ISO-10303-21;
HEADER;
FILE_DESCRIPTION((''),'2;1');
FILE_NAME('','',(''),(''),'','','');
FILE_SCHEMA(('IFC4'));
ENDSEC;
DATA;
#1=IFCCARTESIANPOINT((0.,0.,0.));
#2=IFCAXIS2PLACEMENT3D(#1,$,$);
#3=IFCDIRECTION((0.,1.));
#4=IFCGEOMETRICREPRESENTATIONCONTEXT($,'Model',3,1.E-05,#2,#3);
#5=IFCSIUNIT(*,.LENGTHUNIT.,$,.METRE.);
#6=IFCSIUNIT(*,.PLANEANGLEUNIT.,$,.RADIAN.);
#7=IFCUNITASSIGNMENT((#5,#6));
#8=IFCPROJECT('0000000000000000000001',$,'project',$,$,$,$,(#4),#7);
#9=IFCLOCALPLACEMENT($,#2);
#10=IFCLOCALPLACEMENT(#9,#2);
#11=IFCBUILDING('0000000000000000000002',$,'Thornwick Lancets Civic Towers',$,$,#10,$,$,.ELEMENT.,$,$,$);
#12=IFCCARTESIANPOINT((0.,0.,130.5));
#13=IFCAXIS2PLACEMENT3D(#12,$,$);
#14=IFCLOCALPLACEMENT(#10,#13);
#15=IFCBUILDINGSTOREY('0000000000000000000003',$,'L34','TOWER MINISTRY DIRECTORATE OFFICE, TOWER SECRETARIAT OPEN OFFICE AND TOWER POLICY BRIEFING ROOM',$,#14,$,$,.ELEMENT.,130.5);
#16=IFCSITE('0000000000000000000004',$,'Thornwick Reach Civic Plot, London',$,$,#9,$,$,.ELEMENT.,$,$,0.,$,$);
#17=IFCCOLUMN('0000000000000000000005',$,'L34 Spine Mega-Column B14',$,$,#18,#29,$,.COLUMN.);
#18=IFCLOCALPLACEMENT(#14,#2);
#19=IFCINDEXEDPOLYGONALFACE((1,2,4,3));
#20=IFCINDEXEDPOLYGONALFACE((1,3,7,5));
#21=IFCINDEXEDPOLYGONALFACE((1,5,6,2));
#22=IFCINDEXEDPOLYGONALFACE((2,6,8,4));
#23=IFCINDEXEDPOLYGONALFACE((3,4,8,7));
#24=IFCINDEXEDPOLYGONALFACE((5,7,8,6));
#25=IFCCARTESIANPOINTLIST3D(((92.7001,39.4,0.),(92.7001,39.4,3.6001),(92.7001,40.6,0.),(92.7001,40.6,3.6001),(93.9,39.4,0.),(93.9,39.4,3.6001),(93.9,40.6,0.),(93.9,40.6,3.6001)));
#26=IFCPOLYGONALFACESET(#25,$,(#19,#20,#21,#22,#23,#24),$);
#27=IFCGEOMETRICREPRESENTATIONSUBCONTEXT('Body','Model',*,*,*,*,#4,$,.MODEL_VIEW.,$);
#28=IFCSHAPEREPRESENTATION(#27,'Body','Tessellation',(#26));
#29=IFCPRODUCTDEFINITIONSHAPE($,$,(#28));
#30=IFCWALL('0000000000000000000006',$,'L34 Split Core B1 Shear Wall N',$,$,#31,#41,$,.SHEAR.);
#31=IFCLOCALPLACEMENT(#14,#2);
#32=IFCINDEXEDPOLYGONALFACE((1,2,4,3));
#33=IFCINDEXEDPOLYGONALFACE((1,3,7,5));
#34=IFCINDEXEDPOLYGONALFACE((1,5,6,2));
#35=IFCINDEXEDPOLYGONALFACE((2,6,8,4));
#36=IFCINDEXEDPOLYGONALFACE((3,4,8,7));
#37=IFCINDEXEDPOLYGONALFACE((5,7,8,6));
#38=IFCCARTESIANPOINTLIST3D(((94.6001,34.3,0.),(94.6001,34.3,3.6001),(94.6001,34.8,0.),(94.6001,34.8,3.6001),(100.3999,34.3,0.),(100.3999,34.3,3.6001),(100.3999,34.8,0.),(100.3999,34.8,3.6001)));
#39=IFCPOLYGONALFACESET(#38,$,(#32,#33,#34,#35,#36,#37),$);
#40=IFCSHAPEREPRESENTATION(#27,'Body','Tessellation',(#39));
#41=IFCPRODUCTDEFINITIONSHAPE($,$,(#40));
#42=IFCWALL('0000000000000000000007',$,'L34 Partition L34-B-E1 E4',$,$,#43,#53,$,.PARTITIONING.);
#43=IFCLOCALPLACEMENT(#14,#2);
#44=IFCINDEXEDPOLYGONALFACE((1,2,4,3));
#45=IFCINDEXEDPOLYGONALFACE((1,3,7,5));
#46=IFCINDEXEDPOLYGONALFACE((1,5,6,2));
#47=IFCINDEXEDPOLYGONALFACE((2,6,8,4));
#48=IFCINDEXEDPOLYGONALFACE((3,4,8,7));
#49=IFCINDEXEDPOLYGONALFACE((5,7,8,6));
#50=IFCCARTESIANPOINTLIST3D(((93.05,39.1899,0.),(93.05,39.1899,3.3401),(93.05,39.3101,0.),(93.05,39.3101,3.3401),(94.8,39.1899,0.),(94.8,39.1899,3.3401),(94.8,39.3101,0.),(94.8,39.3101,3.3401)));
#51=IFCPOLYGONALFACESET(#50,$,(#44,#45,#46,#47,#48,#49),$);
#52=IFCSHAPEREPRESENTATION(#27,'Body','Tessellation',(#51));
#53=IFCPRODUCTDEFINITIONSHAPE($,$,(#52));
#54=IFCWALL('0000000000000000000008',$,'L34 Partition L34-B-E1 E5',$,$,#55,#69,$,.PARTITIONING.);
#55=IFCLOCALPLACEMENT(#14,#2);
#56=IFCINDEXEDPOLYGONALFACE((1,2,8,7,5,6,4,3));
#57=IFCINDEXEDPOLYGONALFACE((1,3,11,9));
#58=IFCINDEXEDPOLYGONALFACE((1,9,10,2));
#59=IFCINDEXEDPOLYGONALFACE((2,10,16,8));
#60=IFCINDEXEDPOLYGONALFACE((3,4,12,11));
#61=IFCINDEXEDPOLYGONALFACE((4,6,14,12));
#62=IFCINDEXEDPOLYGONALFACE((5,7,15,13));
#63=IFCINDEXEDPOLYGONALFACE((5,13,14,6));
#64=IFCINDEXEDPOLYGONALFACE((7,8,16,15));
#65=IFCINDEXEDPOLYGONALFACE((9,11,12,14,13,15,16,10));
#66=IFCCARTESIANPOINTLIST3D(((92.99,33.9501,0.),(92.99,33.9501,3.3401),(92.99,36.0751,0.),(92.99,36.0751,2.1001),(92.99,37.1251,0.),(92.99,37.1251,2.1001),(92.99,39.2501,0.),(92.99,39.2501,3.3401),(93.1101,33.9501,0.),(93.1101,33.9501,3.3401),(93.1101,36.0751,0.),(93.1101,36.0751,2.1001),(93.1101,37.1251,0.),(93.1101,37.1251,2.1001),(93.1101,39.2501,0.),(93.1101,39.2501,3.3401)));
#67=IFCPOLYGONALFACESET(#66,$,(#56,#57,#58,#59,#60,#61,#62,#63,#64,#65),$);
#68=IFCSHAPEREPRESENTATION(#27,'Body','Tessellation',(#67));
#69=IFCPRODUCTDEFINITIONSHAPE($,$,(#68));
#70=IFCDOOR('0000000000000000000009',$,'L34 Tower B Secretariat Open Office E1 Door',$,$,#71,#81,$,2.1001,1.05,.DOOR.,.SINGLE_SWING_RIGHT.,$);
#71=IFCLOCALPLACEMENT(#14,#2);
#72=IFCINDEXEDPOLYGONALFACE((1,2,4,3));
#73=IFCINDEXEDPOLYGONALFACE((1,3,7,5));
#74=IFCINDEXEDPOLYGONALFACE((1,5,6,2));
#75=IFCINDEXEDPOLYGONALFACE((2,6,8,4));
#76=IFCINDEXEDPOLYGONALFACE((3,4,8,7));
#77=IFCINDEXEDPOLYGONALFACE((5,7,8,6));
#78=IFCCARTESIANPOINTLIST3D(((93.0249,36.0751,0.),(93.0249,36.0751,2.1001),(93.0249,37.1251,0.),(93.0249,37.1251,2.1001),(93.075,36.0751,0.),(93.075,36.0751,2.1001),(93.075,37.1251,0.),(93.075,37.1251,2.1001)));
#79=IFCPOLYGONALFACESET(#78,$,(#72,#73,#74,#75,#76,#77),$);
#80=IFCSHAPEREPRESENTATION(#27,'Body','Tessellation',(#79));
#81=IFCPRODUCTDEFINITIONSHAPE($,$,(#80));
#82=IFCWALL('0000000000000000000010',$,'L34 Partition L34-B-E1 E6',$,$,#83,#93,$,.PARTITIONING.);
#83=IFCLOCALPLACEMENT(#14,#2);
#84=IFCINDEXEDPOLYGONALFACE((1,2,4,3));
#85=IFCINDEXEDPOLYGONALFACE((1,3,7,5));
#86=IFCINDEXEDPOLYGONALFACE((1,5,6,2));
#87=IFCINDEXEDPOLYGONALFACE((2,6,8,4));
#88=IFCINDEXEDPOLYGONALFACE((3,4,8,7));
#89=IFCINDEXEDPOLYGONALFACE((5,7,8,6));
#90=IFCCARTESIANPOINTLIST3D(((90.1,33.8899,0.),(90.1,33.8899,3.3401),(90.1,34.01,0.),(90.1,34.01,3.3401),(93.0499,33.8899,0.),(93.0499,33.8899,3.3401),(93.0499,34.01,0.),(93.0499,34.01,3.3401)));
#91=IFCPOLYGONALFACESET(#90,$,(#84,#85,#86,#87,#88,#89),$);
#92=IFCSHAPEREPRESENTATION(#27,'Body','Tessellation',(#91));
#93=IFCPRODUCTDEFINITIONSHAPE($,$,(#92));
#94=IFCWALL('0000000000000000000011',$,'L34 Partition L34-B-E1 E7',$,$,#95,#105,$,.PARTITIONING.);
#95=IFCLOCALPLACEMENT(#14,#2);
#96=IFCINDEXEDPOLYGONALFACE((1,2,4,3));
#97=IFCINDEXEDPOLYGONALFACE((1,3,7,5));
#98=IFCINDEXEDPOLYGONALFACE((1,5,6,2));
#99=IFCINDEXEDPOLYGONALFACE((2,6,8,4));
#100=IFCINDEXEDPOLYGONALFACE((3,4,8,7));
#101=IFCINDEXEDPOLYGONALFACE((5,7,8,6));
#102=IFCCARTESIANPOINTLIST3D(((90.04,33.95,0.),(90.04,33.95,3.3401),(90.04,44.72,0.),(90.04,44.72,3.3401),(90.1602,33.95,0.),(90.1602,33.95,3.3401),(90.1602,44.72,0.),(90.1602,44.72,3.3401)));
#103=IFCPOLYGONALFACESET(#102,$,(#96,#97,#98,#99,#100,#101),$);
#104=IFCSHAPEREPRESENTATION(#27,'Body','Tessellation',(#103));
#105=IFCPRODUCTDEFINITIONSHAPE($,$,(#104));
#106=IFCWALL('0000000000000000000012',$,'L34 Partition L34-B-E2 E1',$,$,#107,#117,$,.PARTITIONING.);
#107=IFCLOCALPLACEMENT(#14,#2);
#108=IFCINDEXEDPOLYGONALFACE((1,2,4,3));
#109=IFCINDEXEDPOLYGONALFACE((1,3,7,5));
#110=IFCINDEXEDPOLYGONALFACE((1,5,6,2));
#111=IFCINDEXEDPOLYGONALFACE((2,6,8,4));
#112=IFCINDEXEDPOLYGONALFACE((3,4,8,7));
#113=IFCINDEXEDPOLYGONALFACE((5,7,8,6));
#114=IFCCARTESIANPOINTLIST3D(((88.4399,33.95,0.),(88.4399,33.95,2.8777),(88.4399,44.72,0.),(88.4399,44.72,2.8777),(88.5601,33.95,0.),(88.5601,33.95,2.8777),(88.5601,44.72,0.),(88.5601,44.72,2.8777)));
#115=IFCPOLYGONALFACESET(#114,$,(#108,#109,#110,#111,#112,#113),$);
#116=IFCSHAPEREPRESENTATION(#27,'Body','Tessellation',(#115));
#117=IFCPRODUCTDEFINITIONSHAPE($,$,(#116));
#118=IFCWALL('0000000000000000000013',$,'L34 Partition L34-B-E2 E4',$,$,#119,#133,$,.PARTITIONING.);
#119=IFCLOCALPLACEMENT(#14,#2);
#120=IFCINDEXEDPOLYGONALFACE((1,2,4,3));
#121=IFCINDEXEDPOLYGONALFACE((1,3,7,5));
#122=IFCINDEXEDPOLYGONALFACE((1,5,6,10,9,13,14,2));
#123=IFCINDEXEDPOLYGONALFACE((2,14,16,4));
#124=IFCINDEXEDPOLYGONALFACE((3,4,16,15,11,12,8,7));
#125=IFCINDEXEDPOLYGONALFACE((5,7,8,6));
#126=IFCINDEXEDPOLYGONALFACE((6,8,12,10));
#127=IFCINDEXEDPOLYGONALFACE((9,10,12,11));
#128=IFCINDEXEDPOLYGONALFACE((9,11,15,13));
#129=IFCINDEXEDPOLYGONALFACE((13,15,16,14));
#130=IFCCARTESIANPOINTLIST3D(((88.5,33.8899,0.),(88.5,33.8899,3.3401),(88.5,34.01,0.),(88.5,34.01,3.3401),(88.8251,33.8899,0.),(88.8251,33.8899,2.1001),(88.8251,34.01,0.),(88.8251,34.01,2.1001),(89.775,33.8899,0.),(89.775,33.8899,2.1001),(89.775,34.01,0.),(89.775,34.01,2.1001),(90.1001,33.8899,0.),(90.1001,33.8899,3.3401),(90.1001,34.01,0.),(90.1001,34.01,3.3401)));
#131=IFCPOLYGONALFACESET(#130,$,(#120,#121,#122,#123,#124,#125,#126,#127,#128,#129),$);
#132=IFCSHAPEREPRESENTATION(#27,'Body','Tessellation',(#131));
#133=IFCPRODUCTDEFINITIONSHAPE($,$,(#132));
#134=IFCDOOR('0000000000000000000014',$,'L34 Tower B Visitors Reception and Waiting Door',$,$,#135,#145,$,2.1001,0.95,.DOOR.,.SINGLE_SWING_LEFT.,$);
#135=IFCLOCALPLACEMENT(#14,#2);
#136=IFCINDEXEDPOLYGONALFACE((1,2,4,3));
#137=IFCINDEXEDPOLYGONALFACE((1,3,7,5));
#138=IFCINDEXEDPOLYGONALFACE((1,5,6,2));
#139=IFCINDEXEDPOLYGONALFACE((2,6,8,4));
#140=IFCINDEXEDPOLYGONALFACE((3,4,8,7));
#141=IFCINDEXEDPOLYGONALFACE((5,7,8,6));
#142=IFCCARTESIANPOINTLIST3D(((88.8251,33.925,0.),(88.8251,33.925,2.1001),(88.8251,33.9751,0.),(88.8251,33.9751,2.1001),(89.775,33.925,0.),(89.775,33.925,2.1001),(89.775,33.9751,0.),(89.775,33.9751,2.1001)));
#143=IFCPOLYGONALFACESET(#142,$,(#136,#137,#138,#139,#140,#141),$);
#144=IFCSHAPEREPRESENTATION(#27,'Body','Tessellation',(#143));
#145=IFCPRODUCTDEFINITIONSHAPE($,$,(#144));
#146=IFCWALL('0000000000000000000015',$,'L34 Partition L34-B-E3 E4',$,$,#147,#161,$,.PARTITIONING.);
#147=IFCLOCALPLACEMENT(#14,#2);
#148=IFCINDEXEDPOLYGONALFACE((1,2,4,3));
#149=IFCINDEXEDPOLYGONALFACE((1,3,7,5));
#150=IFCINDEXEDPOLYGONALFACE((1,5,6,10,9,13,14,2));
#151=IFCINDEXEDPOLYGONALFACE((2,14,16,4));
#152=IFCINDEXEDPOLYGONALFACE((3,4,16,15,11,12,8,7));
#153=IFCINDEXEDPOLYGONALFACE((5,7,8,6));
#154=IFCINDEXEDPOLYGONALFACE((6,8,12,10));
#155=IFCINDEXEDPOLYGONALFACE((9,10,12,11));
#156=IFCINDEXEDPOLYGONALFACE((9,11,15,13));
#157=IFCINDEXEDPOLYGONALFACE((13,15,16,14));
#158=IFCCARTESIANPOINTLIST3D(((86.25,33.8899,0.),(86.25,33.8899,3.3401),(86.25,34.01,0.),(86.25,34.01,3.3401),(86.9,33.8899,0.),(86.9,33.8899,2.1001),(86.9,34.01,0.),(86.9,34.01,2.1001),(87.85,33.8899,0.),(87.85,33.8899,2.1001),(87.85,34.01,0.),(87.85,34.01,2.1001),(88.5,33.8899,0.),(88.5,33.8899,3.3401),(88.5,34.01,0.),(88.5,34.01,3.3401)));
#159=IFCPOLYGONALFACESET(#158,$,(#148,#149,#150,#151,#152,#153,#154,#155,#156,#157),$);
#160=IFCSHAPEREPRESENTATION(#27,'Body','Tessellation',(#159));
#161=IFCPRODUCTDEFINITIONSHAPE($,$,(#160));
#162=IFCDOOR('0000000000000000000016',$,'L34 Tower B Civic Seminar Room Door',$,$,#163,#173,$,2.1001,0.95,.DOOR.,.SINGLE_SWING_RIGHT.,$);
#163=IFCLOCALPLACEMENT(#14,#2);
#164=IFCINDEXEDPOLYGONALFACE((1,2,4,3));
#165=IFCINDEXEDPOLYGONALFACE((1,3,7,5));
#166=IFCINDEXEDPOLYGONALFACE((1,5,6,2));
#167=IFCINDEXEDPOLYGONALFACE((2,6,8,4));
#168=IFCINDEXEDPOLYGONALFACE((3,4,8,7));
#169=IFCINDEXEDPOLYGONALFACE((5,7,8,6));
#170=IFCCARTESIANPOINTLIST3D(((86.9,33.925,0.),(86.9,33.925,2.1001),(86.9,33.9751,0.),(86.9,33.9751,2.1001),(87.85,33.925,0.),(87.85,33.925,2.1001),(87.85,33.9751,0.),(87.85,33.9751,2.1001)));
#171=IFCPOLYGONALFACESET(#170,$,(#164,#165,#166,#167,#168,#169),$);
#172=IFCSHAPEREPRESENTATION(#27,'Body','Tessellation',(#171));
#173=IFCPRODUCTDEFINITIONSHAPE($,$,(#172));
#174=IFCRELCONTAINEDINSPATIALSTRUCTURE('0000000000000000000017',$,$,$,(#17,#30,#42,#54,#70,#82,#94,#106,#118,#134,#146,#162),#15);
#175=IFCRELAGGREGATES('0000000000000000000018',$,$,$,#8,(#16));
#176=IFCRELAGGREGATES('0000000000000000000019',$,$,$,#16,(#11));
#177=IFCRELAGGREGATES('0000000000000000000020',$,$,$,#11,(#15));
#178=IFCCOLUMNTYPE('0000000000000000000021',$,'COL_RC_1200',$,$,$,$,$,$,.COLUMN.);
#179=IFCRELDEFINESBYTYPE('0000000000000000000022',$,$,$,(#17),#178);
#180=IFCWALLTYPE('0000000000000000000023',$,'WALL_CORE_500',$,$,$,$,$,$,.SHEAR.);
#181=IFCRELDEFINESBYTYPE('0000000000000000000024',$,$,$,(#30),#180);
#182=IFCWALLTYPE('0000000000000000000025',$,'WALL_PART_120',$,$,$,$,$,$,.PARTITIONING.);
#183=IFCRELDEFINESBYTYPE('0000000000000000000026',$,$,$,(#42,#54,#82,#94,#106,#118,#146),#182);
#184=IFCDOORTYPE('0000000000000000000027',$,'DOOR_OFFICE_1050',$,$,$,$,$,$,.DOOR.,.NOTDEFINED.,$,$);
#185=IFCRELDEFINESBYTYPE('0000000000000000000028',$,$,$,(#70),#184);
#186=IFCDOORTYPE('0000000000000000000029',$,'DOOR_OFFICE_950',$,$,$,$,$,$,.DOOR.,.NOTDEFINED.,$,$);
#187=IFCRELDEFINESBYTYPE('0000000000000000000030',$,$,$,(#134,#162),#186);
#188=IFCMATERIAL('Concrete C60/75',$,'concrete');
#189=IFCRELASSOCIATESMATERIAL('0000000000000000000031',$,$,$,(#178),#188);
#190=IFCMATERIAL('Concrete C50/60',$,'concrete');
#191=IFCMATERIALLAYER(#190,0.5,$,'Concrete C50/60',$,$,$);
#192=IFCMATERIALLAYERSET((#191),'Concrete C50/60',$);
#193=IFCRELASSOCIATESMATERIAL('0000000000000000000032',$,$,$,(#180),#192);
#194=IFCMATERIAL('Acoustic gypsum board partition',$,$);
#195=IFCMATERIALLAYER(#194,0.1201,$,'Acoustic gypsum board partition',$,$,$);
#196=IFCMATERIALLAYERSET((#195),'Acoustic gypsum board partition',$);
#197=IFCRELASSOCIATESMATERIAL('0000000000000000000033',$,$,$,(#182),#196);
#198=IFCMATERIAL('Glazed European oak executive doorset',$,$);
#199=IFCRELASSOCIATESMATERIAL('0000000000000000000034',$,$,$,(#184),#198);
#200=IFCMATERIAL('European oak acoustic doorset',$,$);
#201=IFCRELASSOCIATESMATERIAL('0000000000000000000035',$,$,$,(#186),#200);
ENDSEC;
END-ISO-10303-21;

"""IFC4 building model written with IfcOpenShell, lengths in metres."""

from ifc_helpers import new_model, si_unit, direction, frame, frame_2d, origin, origin_2d, place, context, subcontext, project, spatial, rectangle, extrude, material, layer, layer_set, material_profile, profile_set, type_object, element, fill, save


model = new_model("IFC4")

# Units and contexts
model_context = context("Model", 3, precision=1e-05, world=origin(), true_north=direction((0.0, 1.0)))
body_context = subcontext(model_context, "Body", "Model", "MODEL_VIEW")
ifc_project = project(units=[si_unit("LENGTHUNIT", "METRE"), si_unit("PLANEANGLEUNIT", "RADIAN")], contexts=[model_context])

# Site, building, storey
site_placement = place(None, origin())
site = spatial("IfcSite", under=ifc_project, at=site_placement, Name="Thornwick Reach Civic Plot, London", CompositionType="ELEMENT", RefElevation=0.0)
building_placement = place(site_placement, origin())
building = spatial("IfcBuilding", under=site, at=building_placement, Name="Thornwick Lancets Civic Towers", CompositionType="ELEMENT")
storey_placement = place(building_placement, frame((0.0, 0.0, 130.5)))
storey = spatial("IfcBuildingStorey", under=building, at=storey_placement, Name="L34", Description="TOWER MINISTRY DIRECTORATE OFFICE, TOWER SECRETARIAT OPEN OFFICE AND TOWER POLICY BRIEFING ROOM", CompositionType="ELEMENT", Elevation=130.5)

# Column
ifc_material_1 = material(Name="Concrete C60/75", Category="concrete")
ifc_material_profile = material_profile(ifc_material_1, rectangle(XDim=1.2, YDim=1.2, at=origin_2d()), Name="RC 1200x1200")
ifc_profile_set = profile_set([ifc_material_profile], Name="Concrete C60/75")
column_type = type_object("IfcColumnType", Name="COL_RC_1200", PredefinedType="COLUMN", material=ifc_profile_set)
column_placement = place(storey_placement, frame((93.3, 40.0, 0.0), z_axis=(0.0, 0.0, 1.0), x_axis=(1.0, 0.0, 0.0)))
element("IfcColumn", 1, at=column_placement, inside=storey, type_object=column_type, Name="L34 Spine Mega-Column B14", PredefinedType="COLUMN", context=body_context, shape_type="SweptSolid", body=[
    extrude(rectangle(XDim=1.2, YDim=1.2, at=origin_2d()), origin(), (0.0, 0.0, 1.0), 3.6001),
])

# Walls
ifc_material_2 = material(Name="Concrete C50/60", Category="concrete")
ifc_layer_1 = layer(ifc_material_2, 0.5, Name="Concrete C50/60")
ifc_layer_set_1 = layer_set([ifc_layer_1], Name="Concrete C50/60")
wall_type_1 = type_object("IfcWallType", Name="WALL_CORE_500", PredefinedType="SHEAR", material=ifc_layer_set_1)
wall_1_placement = place(storey_placement, frame((94.6001, 34.55, 0.0), z_axis=(0.0, 0.0, 1.0), x_axis=(1.0, 0.0, 0.0)))
element("IfcWall", 2, at=wall_1_placement, inside=storey, type_object=wall_type_1, Name="L34 Split Core B1 Shear Wall N", PredefinedType="SHEAR", context=body_context, shape_type="SweptSolid", body=[
    extrude(rectangle(XDim=5.7998, YDim=0.5, at=frame_2d((2.8999, 0.0))), origin(), (0.0, 0.0, 1.0), 3.6001),
])
ifc_material_3 = material(Name="Acoustic gypsum board partition")
ifc_layer_2 = layer(ifc_material_3, 0.1201, Name="Acoustic gypsum board partition")
ifc_layer_set_2 = layer_set([ifc_layer_2], Name="Acoustic gypsum board partition")
wall_type_2 = type_object("IfcWallType", Name="WALL_PART_120", PredefinedType="PARTITIONING", material=ifc_layer_set_2)
wall_2_placement = place(storey_placement, frame((94.8, 39.25, 0.0), z_axis=(0.0, 0.0, 1.0), x_axis=(-1.0, 0.0, 0.0)))
element("IfcWall", 3, at=wall_2_placement, inside=storey, type_object=wall_type_2, Name="L34 Partition L34-B-E1 E4", PredefinedType="PARTITIONING", context=body_context, shape_type="SweptSolid", body=[
    extrude(rectangle(XDim=1.75, YDim=0.1201, at=frame_2d((0.875, 0.0))), origin(), (0.0, 0.0, 1.0), 3.3401),
])

# Wall, opening, door
wall_3_placement = place(storey_placement, frame((93.05, 39.25, 0.0), z_axis=(0.0, 0.0, 1.0), x_axis=(0.0, -1.0, 0.0)))
wall_3 = element("IfcWall", 4, at=wall_3_placement, inside=storey, type_object=wall_type_2, Name="L34 Partition L34-B-E1 E5", PredefinedType="PARTITIONING", context=body_context, shape_type="SweptSolid", body=[
    extrude(rectangle(XDim=5.3, YDim=0.1201, at=frame_2d((2.6499, 0.0))), origin(), (0.0, 0.0, 1.0), 3.3401),
])
opening_1_placement = place(wall_3_placement, frame((2.125, 0.0, 0.0)))
opening_1 = element("IfcOpeningElement", 5, at=opening_1_placement, cuts=wall_3, PredefinedType="OPENING", context=body_context, shape_type="SweptSolid", body=[
    extrude(rectangle(XDim=1.05, YDim=2.1001, at=frame_2d((0.5249, 1.05))), frame((0.0, 0.0701, 0.0), z_axis=(0.0, -1.0, 0.0), x_axis=(1.0, 0.0, 0.0)), (0.0, 0.0, 1.0), 0.1401),
])
ifc_material_4 = material(Name="Glazed European oak executive doorset")
door_type_1 = type_object("IfcDoorType", Name="DOOR_OFFICE_1050", OperationType="NOTDEFINED", PredefinedType="DOOR", material=ifc_material_4)
door_1_placement = place(opening_1_placement, origin())
door_1 = element("IfcDoor", 6, at=door_1_placement, inside=storey, type_object=door_type_1, Name="L34 Tower B Secretariat Open Office E1 Door", OperationType="SINGLE_SWING_RIGHT", OverallHeight=2.1001, OverallWidth=1.05, PredefinedType="DOOR", context=body_context, shape_type="SweptSolid", body=[
    extrude(rectangle(XDim=1.05, YDim=2.1001, at=frame_2d((0.5249, 1.05))), frame((0.0, 0.0249, 0.0), z_axis=(0.0, -1.0, 0.0), x_axis=(1.0, 0.0, 0.0)), (0.0, 0.0, 1.0), 0.05),
])
fill(opening_1, door_1)

# Walls
wall_4_placement = place(storey_placement, frame((93.05, 33.95, 0.0), z_axis=(0.0, 0.0, 1.0), x_axis=(-1.0, 0.0, 0.0)))
element("IfcWall", 7, at=wall_4_placement, inside=storey, type_object=wall_type_2, Name="L34 Partition L34-B-E1 E6", PredefinedType="PARTITIONING", context=body_context, shape_type="SweptSolid", body=[
    extrude(rectangle(XDim=2.95, YDim=0.1201, at=frame_2d((1.4751, 0.0))), origin(), (0.0, 0.0, 1.0), 3.3401),
])
wall_5_placement = place(storey_placement, frame((90.1001, 33.95, 0.0), z_axis=(0.0, 0.0, 1.0), x_axis=(0.0, 1.0, 0.0)))
element("IfcWall", 8, at=wall_5_placement, inside=storey, type_object=wall_type_2, Name="L34 Partition L34-B-E1 E7", PredefinedType="PARTITIONING", context=body_context, shape_type="SweptSolid", body=[
    extrude(rectangle(XDim=10.77, YDim=0.1201, at=frame_2d((5.385, 0.0))), origin(), (0.0, 0.0, 1.0), 3.3401),
])
wall_6_placement = place(storey_placement, frame((88.5, 33.95, 0.0), z_axis=(0.0, 0.0, 1.0), x_axis=(0.0, 1.0, 0.0)))
element("IfcWall", 9, at=wall_6_placement, inside=storey, type_object=wall_type_2, Name="L34 Partition L34-B-E2 E1", PredefinedType="PARTITIONING", context=body_context, shape_type="SweptSolid", body=[
    extrude(rectangle(XDim=10.77, YDim=0.1201, at=frame_2d((5.385, 0.0))), origin(), (0.0, 0.0, 1.0), 2.8777),
])

# Walls, openings, doors
wall_7_placement = place(storey_placement, frame((90.1001, 33.95, 0.0), z_axis=(0.0, 0.0, 1.0), x_axis=(-1.0, 0.0, 0.0)))
wall_7 = element("IfcWall", 10, at=wall_7_placement, inside=storey, type_object=wall_type_2, Name="L34 Partition L34-B-E2 E4", PredefinedType="PARTITIONING", context=body_context, shape_type="SweptSolid", body=[
    extrude(rectangle(XDim=1.6001, YDim=0.1201, at=frame_2d((0.8, 0.0))), origin(), (0.0, 0.0, 1.0), 3.3401),
])
opening_2_placement = place(wall_7_placement, frame((0.325, 0.0, 0.0)))
opening_2 = element("IfcOpeningElement", 11, at=opening_2_placement, cuts=wall_7, PredefinedType="OPENING", context=body_context, shape_type="SweptSolid", body=[
    extrude(rectangle(XDim=0.95, YDim=2.1001, at=frame_2d((0.4751, 1.05))), frame((0.0, 0.0701, 0.0), z_axis=(0.0, -1.0, 0.0), x_axis=(1.0, 0.0, 0.0)), (0.0, 0.0, 1.0), 0.1401),
])
ifc_material_5 = material(Name="European oak acoustic doorset")
door_type_2 = type_object("IfcDoorType", Name="DOOR_OFFICE_950", OperationType="NOTDEFINED", PredefinedType="DOOR", material=ifc_material_5)
door_2_placement = place(opening_2_placement, origin())
door_2 = element("IfcDoor", 12, at=door_2_placement, inside=storey, type_object=door_type_2, Name="L34 Tower B Visitors Reception and Waiting Door", OperationType="SINGLE_SWING_LEFT", OverallHeight=2.1001, OverallWidth=0.95, PredefinedType="DOOR", context=body_context, shape_type="SweptSolid", body=[
    extrude(rectangle(XDim=0.95, YDim=2.1001, at=frame_2d((0.4751, 1.05))), frame((0.0, 0.0249, 0.0), z_axis=(0.0, -1.0, 0.0), x_axis=(1.0, 0.0, 0.0)), (0.0, 0.0, 1.0), 0.05),
])
fill(opening_2, door_2)
wall_8_placement = place(storey_placement, frame((88.5, 33.95, 0.0), z_axis=(0.0, 0.0, 1.0), x_axis=(-1.0, 0.0, 0.0)))
wall_8 = element("IfcWall", 13, at=wall_8_placement, inside=storey, type_object=wall_type_2, Name="L34 Partition L34-B-E3 E4", PredefinedType="PARTITIONING", context=body_context, shape_type="SweptSolid", body=[
    extrude(rectangle(XDim=2.25, YDim=0.1201, at=frame_2d((1.125, 0.0))), origin(), (0.0, 0.0, 1.0), 3.3401),
])
opening_3_placement = place(wall_8_placement, frame((0.6499, 0.0, 0.0)))
opening_3 = element("IfcOpeningElement", 14, at=opening_3_placement, cuts=wall_8, PredefinedType="OPENING", context=body_context, shape_type="SweptSolid", body=[
    extrude(rectangle(XDim=0.95, YDim=2.1001, at=frame_2d((0.4751, 1.05))), frame((0.0, 0.0701, 0.0), z_axis=(0.0, -1.0, 0.0), x_axis=(1.0, 0.0, 0.0)), (0.0, 0.0, 1.0), 0.1401),
])
door_3_placement = place(opening_3_placement, origin())
door_3 = element("IfcDoor", 15, at=door_3_placement, inside=storey, type_object=door_type_2, Name="L34 Tower B Civic Seminar Room Door", OperationType="SINGLE_SWING_RIGHT", OverallHeight=2.1001, OverallWidth=0.95, PredefinedType="DOOR", context=body_context, shape_type="SweptSolid", body=[
    extrude(rectangle(XDim=0.95, YDim=2.1001, at=frame_2d((0.4751, 1.05))), frame((0.0, 0.0249, 0.0), z_axis=(0.0, -1.0, 0.0), x_axis=(1.0, 0.0, 0.0)), (0.0, 0.0, 1.0), 0.05),
])
fill(opening_3, door_3)

save(model, "model.ifc")
